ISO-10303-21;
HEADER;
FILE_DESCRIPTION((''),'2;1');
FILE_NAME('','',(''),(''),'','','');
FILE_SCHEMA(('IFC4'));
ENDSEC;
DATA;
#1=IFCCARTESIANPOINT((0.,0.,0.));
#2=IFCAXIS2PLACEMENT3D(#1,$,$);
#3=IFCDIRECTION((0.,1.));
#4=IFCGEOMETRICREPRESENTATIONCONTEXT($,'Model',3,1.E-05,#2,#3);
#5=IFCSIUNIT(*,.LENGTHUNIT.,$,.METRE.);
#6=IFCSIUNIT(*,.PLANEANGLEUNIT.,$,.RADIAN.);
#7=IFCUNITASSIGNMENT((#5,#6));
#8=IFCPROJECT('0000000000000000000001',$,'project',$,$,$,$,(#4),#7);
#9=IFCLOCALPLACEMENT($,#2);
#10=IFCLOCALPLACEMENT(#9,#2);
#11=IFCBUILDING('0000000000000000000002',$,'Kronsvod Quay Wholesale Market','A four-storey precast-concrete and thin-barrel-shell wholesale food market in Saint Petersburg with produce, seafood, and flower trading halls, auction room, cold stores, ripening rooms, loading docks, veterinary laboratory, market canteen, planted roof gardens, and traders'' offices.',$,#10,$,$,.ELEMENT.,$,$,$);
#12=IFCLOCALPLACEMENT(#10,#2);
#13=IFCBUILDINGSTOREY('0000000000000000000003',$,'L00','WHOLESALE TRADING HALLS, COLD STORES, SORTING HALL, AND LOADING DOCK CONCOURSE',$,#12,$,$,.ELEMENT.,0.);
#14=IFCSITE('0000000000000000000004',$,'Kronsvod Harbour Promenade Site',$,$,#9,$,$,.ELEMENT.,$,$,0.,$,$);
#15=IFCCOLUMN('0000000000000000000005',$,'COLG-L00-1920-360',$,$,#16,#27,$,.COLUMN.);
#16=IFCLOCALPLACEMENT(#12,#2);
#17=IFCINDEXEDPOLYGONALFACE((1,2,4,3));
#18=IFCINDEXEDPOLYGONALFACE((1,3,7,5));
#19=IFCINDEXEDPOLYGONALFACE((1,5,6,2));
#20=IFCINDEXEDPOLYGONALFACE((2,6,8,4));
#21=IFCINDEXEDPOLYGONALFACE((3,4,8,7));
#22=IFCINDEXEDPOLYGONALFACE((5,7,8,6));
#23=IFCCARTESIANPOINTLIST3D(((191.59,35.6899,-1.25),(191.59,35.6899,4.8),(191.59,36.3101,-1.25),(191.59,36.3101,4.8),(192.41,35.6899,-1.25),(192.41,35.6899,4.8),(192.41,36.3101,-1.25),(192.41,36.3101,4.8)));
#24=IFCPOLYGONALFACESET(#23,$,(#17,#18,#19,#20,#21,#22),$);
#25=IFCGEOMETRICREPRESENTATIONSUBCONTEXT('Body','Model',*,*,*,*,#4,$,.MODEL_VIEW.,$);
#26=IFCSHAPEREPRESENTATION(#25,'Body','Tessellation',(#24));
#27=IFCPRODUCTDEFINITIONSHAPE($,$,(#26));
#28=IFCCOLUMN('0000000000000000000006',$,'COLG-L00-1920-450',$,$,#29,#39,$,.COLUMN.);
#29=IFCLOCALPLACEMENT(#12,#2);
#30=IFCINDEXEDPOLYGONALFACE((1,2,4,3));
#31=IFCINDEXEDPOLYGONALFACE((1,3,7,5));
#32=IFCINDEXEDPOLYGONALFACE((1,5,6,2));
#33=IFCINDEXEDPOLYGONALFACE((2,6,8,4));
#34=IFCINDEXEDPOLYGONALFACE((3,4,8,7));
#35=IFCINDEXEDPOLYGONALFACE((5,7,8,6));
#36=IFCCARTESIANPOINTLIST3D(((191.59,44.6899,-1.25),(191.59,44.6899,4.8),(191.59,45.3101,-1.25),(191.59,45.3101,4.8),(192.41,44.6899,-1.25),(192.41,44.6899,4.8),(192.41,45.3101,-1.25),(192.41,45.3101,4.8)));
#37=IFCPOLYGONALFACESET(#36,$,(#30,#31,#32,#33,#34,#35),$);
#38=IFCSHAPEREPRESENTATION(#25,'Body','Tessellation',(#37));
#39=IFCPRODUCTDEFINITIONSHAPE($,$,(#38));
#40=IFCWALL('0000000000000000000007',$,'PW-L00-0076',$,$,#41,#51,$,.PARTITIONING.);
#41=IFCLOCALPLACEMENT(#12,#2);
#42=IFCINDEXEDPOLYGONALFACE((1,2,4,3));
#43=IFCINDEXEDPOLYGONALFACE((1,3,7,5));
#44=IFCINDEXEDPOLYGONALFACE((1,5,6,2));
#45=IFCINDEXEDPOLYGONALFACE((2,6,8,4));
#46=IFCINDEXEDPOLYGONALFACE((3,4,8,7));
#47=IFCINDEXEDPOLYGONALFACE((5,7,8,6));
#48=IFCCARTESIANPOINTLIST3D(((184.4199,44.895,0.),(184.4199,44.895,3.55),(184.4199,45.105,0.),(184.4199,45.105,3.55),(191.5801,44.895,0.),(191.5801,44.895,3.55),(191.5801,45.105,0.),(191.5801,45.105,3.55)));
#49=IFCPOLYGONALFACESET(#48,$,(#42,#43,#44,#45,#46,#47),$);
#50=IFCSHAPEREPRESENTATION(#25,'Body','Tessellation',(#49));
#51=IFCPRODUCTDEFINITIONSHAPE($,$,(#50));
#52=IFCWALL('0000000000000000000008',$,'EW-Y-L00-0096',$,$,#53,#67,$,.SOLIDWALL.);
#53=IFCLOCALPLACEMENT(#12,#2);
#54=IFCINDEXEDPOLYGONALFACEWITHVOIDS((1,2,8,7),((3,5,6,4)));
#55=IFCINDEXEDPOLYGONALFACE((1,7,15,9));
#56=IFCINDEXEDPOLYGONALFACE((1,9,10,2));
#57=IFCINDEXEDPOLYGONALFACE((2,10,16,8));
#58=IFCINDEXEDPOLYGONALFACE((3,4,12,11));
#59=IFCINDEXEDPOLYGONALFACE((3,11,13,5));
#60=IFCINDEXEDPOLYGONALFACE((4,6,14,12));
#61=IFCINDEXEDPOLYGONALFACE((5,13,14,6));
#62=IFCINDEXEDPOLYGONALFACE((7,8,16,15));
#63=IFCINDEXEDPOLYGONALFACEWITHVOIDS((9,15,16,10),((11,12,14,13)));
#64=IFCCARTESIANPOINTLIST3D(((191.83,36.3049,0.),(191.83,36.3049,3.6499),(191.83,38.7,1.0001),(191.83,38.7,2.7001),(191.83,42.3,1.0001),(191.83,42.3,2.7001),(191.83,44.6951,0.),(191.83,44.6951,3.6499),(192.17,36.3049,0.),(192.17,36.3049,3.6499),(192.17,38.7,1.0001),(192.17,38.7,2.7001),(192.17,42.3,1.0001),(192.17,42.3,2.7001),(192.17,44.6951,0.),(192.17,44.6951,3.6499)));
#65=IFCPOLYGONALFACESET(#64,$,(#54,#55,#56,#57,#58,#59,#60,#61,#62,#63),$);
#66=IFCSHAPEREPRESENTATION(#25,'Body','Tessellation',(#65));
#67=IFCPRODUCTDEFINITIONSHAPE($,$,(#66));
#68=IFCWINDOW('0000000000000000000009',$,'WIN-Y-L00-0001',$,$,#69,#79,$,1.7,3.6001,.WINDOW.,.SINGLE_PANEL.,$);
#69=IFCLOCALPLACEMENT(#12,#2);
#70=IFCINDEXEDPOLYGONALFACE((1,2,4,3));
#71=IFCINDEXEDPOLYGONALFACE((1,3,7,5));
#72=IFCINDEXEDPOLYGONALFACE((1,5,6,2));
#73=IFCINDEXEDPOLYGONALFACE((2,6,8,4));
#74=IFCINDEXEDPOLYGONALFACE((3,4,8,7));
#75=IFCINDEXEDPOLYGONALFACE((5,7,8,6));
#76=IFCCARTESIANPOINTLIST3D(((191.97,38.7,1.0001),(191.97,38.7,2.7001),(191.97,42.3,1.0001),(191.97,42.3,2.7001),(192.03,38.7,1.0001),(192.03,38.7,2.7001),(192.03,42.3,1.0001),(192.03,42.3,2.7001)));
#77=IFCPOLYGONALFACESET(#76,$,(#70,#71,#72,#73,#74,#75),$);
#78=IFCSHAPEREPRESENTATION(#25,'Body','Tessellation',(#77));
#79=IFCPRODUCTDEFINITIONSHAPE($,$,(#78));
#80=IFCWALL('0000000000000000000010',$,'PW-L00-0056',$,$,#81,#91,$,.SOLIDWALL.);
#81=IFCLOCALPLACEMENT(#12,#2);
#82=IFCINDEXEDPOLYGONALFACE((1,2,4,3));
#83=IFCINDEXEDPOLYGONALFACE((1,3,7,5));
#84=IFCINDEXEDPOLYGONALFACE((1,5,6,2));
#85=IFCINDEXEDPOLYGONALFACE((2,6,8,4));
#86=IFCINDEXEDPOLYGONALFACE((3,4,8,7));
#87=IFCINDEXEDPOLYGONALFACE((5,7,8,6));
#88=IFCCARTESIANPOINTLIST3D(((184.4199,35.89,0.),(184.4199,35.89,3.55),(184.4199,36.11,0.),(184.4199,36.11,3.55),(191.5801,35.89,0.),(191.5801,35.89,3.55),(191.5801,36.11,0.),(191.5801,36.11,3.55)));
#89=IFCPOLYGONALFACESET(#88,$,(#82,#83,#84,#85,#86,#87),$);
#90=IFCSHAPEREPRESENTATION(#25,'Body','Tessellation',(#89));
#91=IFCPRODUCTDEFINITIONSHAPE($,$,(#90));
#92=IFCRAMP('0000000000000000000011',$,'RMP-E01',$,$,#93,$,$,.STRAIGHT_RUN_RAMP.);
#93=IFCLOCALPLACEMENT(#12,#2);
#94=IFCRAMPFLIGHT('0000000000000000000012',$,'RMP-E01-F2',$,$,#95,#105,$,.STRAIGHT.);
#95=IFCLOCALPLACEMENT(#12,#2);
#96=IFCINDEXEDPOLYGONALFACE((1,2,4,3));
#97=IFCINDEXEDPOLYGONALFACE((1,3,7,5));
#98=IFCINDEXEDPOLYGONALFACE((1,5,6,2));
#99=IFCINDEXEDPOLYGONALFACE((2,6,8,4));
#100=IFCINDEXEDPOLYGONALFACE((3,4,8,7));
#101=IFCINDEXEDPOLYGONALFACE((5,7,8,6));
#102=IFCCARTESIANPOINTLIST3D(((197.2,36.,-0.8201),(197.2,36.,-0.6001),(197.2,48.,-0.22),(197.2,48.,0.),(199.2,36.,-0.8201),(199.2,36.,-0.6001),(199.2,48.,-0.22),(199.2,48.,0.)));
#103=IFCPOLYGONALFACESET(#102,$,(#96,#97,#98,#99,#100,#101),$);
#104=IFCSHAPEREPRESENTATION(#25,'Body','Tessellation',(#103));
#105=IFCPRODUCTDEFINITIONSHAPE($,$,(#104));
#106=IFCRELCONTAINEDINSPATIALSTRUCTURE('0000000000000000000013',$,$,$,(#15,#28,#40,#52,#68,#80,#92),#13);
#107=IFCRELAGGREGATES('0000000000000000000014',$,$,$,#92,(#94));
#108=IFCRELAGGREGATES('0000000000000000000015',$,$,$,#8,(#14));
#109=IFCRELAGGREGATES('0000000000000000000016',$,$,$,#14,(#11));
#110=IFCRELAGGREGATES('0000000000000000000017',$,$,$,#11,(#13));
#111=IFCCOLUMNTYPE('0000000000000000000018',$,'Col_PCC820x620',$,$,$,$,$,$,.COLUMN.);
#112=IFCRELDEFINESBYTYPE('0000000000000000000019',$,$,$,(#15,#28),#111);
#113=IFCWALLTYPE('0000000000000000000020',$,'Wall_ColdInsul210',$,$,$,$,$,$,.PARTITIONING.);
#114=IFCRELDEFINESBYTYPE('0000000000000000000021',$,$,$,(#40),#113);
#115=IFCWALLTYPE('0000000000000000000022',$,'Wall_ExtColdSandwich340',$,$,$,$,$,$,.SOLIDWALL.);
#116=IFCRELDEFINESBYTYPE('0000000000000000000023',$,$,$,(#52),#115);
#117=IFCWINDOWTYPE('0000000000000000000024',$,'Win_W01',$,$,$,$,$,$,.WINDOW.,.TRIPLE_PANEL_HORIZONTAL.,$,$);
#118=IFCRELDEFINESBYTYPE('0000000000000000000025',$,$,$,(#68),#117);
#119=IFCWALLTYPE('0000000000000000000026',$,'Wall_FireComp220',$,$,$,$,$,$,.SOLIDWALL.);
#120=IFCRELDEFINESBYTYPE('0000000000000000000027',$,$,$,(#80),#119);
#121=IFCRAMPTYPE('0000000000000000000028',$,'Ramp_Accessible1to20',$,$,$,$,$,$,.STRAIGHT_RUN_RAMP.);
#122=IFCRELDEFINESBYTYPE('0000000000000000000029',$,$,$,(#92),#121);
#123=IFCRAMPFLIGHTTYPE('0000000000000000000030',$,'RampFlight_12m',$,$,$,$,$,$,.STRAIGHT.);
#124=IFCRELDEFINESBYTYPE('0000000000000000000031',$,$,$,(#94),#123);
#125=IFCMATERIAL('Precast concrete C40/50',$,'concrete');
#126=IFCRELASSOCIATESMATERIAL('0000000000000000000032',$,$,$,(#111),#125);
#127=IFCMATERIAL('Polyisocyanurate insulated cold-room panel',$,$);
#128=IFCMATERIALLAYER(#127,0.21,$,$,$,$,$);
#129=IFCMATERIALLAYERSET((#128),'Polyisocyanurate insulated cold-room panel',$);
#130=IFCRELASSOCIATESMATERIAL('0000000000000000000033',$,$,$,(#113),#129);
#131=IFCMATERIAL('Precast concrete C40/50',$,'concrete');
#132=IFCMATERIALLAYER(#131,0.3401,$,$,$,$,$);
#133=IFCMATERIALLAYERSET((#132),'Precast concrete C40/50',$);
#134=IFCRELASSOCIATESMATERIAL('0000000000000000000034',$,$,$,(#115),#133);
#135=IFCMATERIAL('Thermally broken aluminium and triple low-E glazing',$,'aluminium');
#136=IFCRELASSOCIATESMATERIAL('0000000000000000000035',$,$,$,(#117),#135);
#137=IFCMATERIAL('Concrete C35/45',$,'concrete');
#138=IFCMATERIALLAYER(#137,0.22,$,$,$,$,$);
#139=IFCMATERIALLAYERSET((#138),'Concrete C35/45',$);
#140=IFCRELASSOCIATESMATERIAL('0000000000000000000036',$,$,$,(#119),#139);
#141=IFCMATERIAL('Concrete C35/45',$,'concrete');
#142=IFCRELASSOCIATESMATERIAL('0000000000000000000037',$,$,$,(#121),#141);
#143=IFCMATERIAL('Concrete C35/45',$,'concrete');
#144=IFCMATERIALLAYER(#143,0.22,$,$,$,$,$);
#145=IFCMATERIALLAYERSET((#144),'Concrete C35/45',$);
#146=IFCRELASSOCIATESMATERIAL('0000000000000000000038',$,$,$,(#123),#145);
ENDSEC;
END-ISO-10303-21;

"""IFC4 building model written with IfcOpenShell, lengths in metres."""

from ifc_helpers import new_model, si_unit, direction, frame, frame_2d, origin, origin_2d, place, context, subcontext, project, spatial, polyline, rectangle, outline, extrude, material, layer, layer_set, material_profile, profile_set, type_object, element, fill, aggregate, save


model = new_model("IFC4")

# Units and contexts
model_context = context("Model", 3, precision=1e-05, world=origin(), true_north=direction((0.0, 1.0)))
body_context = subcontext(model_context, "Body", "Model", "MODEL_VIEW")
ifc_project = project(units=[si_unit("LENGTHUNIT", "METRE"), si_unit("PLANEANGLEUNIT", "RADIAN")], contexts=[model_context])

# Site, building, storey
site_placement = place(None, origin())
site = spatial("IfcSite", under=ifc_project, at=site_placement, Name="Kronsvod Harbour Promenade Site", CompositionType="ELEMENT", RefElevation=0.0)
building_placement = place(site_placement, origin())
building = spatial("IfcBuilding", under=site, at=building_placement, Name="Kronsvod Quay Wholesale Market", Description="A four-storey precast-concrete and thin-barrel-shell wholesale food market in Saint Petersburg with produce, seafood, and flower trading halls, auction room, cold stores, ripening rooms, loading docks, veterinary laboratory, market canteen, planted roof gardens, and traders' offices.", CompositionType="ELEMENT")
storey_placement = place(building_placement, origin())
storey = spatial("IfcBuildingStorey", under=building, at=storey_placement, Name="L00", Description="WHOLESALE TRADING HALLS, COLD STORES, SORTING HALL, AND LOADING DOCK CONCOURSE", CompositionType="ELEMENT", Elevation=0.0)

# Columns
ifc_material_1 = material(Name="Precast concrete C40/50", Category="concrete")
ifc_material_profile_1 = material_profile(ifc_material_1, rectangle(XDim=0.8201, YDim=0.6201, at=origin_2d()), Name="COL-10")
ifc_profile_set_1 = profile_set([ifc_material_profile_1], Name="Precast concrete C40/50")
column_type_1 = type_object("IfcColumnType", Name="Col_PCC820x620", PredefinedType="COLUMN", material=ifc_profile_set_1)
for number, where, z_axis, x_axis, name in (
    (1, (192.0, 36.0, -1.25), (0.0, 0.0, 1.0), (1.0, 0.0, 0.0), "COLG-L00-1920-360"),
    (2, (192.0, 45.0, -1.25), (0.0, 0.0, 1.0), (1.0, 0.0, 0.0), "COLG-L00-1920-450"),
):
    element("IfcColumn", number, at=place(storey_placement, frame(where, z_axis=z_axis, x_axis=x_axis)), inside=storey, type_object=column_type_1, Name=name, PredefinedType="COLUMN", context=body_context, shape_type="SweptSolid", body=[
        extrude(rectangle(XDim=0.8201, YDim=0.6201, at=origin_2d()), origin(), (0.0, 0.0, 1.0), 6.05),
    ])

# Wall
ifc_material_2 = material(Name="Polyisocyanurate insulated cold-room panel")
ifc_layer_1 = layer(ifc_material_2, 0.21)
ifc_layer_set_1 = layer_set([ifc_layer_1], Name="Polyisocyanurate insulated cold-room panel")
wall_type_1 = type_object("IfcWallType", Name="Wall_ColdInsul210", PredefinedType="PARTITIONING", material=ifc_layer_set_1)
wall_1_placement = place(storey_placement, frame((184.4199, 45.0, 0.0), z_axis=(0.0, 0.0, 1.0), x_axis=(1.0, 0.0, 0.0)))
element("IfcWall", 3, at=wall_1_placement, inside=storey, type_object=wall_type_1, Name="PW-L00-0076", PredefinedType="PARTITIONING", context=body_context, shape_type="SweptSolid", body=[
    extrude(rectangle(XDim=7.1602, YDim=0.21, at=frame_2d((3.5801, 0.0))), origin(), (0.0, 0.0, 1.0), 3.55),
])

# Wall, opening, window
ifc_material_3 = material(Name="Precast concrete C40/50", Category="concrete")
ifc_layer_2 = layer(ifc_material_3, 0.3401)
ifc_layer_set_2 = layer_set([ifc_layer_2], Name="Precast concrete C40/50")
wall_type_2 = type_object("IfcWallType", Name="Wall_ExtColdSandwich340", PredefinedType="SOLIDWALL", material=ifc_layer_set_2)
wall_2_placement = place(storey_placement, frame((192.0, 36.3049, 0.0), z_axis=(0.0, 0.0, 1.0), x_axis=(0.0, 1.0, 0.0)))
wall_2 = element("IfcWall", 4, at=wall_2_placement, inside=storey, type_object=wall_type_2, Name="EW-Y-L00-0096", PredefinedType="SOLIDWALL", context=body_context, shape_type="SweptSolid", body=[
    extrude(rectangle(XDim=8.3901, YDim=0.3401, at=frame_2d((4.1951, 0.0))), origin(), (0.0, 0.0, 1.0), 3.6499),
])
opening_placement = place(wall_2_placement, frame((2.395, 0.0, 1.0)))
opening = element("IfcOpeningElement", 5, at=opening_placement, cuts=wall_2, PredefinedType="OPENING", context=body_context, shape_type="SweptSolid", body=[
    extrude(rectangle(XDim=3.6001, YDim=1.7, at=frame_2d((1.8, 0.8501))), frame((0.0, 0.1802, 0.0), z_axis=(0.0, -1.0, 0.0), x_axis=(1.0, 0.0, 0.0)), (0.0, 0.0, 1.0), 0.3601),
])
ifc_material_4 = material(Name="Thermally broken aluminium and triple low-E glazing", Category="aluminium")
window_type = type_object("IfcWindowType", Name="Win_W01", PartitioningType="TRIPLE_PANEL_HORIZONTAL", PredefinedType="WINDOW", material=ifc_material_4)
window_placement = place(opening_placement, origin())
window = element("IfcWindow", 6, at=window_placement, inside=storey, type_object=window_type, Name="WIN-Y-L00-0001", OverallHeight=1.7, OverallWidth=3.6001, PartitioningType="SINGLE_PANEL", PredefinedType="WINDOW", context=body_context, shape_type="SweptSolid", body=[
    extrude(rectangle(XDim=3.6001, YDim=1.7, at=frame_2d((1.8, 0.8501))), frame((0.0, 0.03, 0.0), z_axis=(0.0, -1.0, 0.0), x_axis=(1.0, 0.0, 0.0)), (0.0, 0.0, 1.0), 0.0601),
])
fill(opening, window)

# Wall
ifc_material_5 = material(Name="Concrete C35/45", Category="concrete")
ifc_layer_3 = layer(ifc_material_5, 0.22)
ifc_layer_set_3 = layer_set([ifc_layer_3], Name="Concrete C35/45")
wall_type_3 = type_object("IfcWallType", Name="Wall_FireComp220", PredefinedType="SOLIDWALL", material=ifc_layer_set_3)
wall_3_placement = place(storey_placement, frame((184.4199, 36.0, 0.0), z_axis=(0.0, 0.0, 1.0), x_axis=(1.0, 0.0, 0.0)))
element("IfcWall", 7, at=wall_3_placement, inside=storey, type_object=wall_type_3, Name="PW-L00-0056", PredefinedType="SOLIDWALL", context=body_context, shape_type="SweptSolid", body=[
    extrude(rectangle(XDim=7.1602, YDim=0.22, at=frame_2d((3.5801, 0.0))), origin(), (0.0, 0.0, 1.0), 3.55),
])

# Ramp, ramp flight
ifc_material_6 = material(Name="Concrete C35/45", Category="concrete")
ramp_type = type_object("IfcRampType", Name="Ramp_Accessible1to20", PredefinedType="STRAIGHT_RUN_RAMP", material=ifc_material_6)
ramp_placement = place(storey_placement, origin())
ramp = element("IfcRamp", 8, at=ramp_placement, inside=storey, type_object=ramp_type, Name="RMP-E01", PredefinedType="STRAIGHT_RUN_RAMP")
ifc_material_7 = material(Name="Concrete C35/45", Category="concrete")
ifc_layer_4 = layer(ifc_material_7, 0.22)
ifc_layer_set_4 = layer_set([ifc_layer_4], Name="Concrete C35/45")
ramp_flight_type = type_object("IfcRampFlightType", Name="RampFlight_12m", PredefinedType="STRAIGHT", material=ifc_layer_set_4)
ramp_flight_placement = place(storey_placement, frame((198.2, 36.0, -0.6001), z_axis=(0.0, 0.0, 1.0), x_axis=(0.0, 1.0, 0.0)))
ramp_flight = element("IfcRampFlight", 9, at=ramp_flight_placement, type_object=ramp_flight_type, Name="RMP-E01-F2", PredefinedType="STRAIGHT", context=body_context, shape_type="SweptSolid", body=[
    extrude(outline(polyline([(0.0, 0.0), (0.0, -0.22), (12.0, 0.3801), (12.0, 0.6001), (0.0, 0.0)])), frame((0.0, 1.0, 0.0), z_axis=(0.0, -1.0, 0.0), x_axis=(1.0, 0.0, 0.0)), (0.0, 0.0, 1.0), 2.0),
])
aggregate(ramp, [ramp_flight])

save(model, "model.ifc")
